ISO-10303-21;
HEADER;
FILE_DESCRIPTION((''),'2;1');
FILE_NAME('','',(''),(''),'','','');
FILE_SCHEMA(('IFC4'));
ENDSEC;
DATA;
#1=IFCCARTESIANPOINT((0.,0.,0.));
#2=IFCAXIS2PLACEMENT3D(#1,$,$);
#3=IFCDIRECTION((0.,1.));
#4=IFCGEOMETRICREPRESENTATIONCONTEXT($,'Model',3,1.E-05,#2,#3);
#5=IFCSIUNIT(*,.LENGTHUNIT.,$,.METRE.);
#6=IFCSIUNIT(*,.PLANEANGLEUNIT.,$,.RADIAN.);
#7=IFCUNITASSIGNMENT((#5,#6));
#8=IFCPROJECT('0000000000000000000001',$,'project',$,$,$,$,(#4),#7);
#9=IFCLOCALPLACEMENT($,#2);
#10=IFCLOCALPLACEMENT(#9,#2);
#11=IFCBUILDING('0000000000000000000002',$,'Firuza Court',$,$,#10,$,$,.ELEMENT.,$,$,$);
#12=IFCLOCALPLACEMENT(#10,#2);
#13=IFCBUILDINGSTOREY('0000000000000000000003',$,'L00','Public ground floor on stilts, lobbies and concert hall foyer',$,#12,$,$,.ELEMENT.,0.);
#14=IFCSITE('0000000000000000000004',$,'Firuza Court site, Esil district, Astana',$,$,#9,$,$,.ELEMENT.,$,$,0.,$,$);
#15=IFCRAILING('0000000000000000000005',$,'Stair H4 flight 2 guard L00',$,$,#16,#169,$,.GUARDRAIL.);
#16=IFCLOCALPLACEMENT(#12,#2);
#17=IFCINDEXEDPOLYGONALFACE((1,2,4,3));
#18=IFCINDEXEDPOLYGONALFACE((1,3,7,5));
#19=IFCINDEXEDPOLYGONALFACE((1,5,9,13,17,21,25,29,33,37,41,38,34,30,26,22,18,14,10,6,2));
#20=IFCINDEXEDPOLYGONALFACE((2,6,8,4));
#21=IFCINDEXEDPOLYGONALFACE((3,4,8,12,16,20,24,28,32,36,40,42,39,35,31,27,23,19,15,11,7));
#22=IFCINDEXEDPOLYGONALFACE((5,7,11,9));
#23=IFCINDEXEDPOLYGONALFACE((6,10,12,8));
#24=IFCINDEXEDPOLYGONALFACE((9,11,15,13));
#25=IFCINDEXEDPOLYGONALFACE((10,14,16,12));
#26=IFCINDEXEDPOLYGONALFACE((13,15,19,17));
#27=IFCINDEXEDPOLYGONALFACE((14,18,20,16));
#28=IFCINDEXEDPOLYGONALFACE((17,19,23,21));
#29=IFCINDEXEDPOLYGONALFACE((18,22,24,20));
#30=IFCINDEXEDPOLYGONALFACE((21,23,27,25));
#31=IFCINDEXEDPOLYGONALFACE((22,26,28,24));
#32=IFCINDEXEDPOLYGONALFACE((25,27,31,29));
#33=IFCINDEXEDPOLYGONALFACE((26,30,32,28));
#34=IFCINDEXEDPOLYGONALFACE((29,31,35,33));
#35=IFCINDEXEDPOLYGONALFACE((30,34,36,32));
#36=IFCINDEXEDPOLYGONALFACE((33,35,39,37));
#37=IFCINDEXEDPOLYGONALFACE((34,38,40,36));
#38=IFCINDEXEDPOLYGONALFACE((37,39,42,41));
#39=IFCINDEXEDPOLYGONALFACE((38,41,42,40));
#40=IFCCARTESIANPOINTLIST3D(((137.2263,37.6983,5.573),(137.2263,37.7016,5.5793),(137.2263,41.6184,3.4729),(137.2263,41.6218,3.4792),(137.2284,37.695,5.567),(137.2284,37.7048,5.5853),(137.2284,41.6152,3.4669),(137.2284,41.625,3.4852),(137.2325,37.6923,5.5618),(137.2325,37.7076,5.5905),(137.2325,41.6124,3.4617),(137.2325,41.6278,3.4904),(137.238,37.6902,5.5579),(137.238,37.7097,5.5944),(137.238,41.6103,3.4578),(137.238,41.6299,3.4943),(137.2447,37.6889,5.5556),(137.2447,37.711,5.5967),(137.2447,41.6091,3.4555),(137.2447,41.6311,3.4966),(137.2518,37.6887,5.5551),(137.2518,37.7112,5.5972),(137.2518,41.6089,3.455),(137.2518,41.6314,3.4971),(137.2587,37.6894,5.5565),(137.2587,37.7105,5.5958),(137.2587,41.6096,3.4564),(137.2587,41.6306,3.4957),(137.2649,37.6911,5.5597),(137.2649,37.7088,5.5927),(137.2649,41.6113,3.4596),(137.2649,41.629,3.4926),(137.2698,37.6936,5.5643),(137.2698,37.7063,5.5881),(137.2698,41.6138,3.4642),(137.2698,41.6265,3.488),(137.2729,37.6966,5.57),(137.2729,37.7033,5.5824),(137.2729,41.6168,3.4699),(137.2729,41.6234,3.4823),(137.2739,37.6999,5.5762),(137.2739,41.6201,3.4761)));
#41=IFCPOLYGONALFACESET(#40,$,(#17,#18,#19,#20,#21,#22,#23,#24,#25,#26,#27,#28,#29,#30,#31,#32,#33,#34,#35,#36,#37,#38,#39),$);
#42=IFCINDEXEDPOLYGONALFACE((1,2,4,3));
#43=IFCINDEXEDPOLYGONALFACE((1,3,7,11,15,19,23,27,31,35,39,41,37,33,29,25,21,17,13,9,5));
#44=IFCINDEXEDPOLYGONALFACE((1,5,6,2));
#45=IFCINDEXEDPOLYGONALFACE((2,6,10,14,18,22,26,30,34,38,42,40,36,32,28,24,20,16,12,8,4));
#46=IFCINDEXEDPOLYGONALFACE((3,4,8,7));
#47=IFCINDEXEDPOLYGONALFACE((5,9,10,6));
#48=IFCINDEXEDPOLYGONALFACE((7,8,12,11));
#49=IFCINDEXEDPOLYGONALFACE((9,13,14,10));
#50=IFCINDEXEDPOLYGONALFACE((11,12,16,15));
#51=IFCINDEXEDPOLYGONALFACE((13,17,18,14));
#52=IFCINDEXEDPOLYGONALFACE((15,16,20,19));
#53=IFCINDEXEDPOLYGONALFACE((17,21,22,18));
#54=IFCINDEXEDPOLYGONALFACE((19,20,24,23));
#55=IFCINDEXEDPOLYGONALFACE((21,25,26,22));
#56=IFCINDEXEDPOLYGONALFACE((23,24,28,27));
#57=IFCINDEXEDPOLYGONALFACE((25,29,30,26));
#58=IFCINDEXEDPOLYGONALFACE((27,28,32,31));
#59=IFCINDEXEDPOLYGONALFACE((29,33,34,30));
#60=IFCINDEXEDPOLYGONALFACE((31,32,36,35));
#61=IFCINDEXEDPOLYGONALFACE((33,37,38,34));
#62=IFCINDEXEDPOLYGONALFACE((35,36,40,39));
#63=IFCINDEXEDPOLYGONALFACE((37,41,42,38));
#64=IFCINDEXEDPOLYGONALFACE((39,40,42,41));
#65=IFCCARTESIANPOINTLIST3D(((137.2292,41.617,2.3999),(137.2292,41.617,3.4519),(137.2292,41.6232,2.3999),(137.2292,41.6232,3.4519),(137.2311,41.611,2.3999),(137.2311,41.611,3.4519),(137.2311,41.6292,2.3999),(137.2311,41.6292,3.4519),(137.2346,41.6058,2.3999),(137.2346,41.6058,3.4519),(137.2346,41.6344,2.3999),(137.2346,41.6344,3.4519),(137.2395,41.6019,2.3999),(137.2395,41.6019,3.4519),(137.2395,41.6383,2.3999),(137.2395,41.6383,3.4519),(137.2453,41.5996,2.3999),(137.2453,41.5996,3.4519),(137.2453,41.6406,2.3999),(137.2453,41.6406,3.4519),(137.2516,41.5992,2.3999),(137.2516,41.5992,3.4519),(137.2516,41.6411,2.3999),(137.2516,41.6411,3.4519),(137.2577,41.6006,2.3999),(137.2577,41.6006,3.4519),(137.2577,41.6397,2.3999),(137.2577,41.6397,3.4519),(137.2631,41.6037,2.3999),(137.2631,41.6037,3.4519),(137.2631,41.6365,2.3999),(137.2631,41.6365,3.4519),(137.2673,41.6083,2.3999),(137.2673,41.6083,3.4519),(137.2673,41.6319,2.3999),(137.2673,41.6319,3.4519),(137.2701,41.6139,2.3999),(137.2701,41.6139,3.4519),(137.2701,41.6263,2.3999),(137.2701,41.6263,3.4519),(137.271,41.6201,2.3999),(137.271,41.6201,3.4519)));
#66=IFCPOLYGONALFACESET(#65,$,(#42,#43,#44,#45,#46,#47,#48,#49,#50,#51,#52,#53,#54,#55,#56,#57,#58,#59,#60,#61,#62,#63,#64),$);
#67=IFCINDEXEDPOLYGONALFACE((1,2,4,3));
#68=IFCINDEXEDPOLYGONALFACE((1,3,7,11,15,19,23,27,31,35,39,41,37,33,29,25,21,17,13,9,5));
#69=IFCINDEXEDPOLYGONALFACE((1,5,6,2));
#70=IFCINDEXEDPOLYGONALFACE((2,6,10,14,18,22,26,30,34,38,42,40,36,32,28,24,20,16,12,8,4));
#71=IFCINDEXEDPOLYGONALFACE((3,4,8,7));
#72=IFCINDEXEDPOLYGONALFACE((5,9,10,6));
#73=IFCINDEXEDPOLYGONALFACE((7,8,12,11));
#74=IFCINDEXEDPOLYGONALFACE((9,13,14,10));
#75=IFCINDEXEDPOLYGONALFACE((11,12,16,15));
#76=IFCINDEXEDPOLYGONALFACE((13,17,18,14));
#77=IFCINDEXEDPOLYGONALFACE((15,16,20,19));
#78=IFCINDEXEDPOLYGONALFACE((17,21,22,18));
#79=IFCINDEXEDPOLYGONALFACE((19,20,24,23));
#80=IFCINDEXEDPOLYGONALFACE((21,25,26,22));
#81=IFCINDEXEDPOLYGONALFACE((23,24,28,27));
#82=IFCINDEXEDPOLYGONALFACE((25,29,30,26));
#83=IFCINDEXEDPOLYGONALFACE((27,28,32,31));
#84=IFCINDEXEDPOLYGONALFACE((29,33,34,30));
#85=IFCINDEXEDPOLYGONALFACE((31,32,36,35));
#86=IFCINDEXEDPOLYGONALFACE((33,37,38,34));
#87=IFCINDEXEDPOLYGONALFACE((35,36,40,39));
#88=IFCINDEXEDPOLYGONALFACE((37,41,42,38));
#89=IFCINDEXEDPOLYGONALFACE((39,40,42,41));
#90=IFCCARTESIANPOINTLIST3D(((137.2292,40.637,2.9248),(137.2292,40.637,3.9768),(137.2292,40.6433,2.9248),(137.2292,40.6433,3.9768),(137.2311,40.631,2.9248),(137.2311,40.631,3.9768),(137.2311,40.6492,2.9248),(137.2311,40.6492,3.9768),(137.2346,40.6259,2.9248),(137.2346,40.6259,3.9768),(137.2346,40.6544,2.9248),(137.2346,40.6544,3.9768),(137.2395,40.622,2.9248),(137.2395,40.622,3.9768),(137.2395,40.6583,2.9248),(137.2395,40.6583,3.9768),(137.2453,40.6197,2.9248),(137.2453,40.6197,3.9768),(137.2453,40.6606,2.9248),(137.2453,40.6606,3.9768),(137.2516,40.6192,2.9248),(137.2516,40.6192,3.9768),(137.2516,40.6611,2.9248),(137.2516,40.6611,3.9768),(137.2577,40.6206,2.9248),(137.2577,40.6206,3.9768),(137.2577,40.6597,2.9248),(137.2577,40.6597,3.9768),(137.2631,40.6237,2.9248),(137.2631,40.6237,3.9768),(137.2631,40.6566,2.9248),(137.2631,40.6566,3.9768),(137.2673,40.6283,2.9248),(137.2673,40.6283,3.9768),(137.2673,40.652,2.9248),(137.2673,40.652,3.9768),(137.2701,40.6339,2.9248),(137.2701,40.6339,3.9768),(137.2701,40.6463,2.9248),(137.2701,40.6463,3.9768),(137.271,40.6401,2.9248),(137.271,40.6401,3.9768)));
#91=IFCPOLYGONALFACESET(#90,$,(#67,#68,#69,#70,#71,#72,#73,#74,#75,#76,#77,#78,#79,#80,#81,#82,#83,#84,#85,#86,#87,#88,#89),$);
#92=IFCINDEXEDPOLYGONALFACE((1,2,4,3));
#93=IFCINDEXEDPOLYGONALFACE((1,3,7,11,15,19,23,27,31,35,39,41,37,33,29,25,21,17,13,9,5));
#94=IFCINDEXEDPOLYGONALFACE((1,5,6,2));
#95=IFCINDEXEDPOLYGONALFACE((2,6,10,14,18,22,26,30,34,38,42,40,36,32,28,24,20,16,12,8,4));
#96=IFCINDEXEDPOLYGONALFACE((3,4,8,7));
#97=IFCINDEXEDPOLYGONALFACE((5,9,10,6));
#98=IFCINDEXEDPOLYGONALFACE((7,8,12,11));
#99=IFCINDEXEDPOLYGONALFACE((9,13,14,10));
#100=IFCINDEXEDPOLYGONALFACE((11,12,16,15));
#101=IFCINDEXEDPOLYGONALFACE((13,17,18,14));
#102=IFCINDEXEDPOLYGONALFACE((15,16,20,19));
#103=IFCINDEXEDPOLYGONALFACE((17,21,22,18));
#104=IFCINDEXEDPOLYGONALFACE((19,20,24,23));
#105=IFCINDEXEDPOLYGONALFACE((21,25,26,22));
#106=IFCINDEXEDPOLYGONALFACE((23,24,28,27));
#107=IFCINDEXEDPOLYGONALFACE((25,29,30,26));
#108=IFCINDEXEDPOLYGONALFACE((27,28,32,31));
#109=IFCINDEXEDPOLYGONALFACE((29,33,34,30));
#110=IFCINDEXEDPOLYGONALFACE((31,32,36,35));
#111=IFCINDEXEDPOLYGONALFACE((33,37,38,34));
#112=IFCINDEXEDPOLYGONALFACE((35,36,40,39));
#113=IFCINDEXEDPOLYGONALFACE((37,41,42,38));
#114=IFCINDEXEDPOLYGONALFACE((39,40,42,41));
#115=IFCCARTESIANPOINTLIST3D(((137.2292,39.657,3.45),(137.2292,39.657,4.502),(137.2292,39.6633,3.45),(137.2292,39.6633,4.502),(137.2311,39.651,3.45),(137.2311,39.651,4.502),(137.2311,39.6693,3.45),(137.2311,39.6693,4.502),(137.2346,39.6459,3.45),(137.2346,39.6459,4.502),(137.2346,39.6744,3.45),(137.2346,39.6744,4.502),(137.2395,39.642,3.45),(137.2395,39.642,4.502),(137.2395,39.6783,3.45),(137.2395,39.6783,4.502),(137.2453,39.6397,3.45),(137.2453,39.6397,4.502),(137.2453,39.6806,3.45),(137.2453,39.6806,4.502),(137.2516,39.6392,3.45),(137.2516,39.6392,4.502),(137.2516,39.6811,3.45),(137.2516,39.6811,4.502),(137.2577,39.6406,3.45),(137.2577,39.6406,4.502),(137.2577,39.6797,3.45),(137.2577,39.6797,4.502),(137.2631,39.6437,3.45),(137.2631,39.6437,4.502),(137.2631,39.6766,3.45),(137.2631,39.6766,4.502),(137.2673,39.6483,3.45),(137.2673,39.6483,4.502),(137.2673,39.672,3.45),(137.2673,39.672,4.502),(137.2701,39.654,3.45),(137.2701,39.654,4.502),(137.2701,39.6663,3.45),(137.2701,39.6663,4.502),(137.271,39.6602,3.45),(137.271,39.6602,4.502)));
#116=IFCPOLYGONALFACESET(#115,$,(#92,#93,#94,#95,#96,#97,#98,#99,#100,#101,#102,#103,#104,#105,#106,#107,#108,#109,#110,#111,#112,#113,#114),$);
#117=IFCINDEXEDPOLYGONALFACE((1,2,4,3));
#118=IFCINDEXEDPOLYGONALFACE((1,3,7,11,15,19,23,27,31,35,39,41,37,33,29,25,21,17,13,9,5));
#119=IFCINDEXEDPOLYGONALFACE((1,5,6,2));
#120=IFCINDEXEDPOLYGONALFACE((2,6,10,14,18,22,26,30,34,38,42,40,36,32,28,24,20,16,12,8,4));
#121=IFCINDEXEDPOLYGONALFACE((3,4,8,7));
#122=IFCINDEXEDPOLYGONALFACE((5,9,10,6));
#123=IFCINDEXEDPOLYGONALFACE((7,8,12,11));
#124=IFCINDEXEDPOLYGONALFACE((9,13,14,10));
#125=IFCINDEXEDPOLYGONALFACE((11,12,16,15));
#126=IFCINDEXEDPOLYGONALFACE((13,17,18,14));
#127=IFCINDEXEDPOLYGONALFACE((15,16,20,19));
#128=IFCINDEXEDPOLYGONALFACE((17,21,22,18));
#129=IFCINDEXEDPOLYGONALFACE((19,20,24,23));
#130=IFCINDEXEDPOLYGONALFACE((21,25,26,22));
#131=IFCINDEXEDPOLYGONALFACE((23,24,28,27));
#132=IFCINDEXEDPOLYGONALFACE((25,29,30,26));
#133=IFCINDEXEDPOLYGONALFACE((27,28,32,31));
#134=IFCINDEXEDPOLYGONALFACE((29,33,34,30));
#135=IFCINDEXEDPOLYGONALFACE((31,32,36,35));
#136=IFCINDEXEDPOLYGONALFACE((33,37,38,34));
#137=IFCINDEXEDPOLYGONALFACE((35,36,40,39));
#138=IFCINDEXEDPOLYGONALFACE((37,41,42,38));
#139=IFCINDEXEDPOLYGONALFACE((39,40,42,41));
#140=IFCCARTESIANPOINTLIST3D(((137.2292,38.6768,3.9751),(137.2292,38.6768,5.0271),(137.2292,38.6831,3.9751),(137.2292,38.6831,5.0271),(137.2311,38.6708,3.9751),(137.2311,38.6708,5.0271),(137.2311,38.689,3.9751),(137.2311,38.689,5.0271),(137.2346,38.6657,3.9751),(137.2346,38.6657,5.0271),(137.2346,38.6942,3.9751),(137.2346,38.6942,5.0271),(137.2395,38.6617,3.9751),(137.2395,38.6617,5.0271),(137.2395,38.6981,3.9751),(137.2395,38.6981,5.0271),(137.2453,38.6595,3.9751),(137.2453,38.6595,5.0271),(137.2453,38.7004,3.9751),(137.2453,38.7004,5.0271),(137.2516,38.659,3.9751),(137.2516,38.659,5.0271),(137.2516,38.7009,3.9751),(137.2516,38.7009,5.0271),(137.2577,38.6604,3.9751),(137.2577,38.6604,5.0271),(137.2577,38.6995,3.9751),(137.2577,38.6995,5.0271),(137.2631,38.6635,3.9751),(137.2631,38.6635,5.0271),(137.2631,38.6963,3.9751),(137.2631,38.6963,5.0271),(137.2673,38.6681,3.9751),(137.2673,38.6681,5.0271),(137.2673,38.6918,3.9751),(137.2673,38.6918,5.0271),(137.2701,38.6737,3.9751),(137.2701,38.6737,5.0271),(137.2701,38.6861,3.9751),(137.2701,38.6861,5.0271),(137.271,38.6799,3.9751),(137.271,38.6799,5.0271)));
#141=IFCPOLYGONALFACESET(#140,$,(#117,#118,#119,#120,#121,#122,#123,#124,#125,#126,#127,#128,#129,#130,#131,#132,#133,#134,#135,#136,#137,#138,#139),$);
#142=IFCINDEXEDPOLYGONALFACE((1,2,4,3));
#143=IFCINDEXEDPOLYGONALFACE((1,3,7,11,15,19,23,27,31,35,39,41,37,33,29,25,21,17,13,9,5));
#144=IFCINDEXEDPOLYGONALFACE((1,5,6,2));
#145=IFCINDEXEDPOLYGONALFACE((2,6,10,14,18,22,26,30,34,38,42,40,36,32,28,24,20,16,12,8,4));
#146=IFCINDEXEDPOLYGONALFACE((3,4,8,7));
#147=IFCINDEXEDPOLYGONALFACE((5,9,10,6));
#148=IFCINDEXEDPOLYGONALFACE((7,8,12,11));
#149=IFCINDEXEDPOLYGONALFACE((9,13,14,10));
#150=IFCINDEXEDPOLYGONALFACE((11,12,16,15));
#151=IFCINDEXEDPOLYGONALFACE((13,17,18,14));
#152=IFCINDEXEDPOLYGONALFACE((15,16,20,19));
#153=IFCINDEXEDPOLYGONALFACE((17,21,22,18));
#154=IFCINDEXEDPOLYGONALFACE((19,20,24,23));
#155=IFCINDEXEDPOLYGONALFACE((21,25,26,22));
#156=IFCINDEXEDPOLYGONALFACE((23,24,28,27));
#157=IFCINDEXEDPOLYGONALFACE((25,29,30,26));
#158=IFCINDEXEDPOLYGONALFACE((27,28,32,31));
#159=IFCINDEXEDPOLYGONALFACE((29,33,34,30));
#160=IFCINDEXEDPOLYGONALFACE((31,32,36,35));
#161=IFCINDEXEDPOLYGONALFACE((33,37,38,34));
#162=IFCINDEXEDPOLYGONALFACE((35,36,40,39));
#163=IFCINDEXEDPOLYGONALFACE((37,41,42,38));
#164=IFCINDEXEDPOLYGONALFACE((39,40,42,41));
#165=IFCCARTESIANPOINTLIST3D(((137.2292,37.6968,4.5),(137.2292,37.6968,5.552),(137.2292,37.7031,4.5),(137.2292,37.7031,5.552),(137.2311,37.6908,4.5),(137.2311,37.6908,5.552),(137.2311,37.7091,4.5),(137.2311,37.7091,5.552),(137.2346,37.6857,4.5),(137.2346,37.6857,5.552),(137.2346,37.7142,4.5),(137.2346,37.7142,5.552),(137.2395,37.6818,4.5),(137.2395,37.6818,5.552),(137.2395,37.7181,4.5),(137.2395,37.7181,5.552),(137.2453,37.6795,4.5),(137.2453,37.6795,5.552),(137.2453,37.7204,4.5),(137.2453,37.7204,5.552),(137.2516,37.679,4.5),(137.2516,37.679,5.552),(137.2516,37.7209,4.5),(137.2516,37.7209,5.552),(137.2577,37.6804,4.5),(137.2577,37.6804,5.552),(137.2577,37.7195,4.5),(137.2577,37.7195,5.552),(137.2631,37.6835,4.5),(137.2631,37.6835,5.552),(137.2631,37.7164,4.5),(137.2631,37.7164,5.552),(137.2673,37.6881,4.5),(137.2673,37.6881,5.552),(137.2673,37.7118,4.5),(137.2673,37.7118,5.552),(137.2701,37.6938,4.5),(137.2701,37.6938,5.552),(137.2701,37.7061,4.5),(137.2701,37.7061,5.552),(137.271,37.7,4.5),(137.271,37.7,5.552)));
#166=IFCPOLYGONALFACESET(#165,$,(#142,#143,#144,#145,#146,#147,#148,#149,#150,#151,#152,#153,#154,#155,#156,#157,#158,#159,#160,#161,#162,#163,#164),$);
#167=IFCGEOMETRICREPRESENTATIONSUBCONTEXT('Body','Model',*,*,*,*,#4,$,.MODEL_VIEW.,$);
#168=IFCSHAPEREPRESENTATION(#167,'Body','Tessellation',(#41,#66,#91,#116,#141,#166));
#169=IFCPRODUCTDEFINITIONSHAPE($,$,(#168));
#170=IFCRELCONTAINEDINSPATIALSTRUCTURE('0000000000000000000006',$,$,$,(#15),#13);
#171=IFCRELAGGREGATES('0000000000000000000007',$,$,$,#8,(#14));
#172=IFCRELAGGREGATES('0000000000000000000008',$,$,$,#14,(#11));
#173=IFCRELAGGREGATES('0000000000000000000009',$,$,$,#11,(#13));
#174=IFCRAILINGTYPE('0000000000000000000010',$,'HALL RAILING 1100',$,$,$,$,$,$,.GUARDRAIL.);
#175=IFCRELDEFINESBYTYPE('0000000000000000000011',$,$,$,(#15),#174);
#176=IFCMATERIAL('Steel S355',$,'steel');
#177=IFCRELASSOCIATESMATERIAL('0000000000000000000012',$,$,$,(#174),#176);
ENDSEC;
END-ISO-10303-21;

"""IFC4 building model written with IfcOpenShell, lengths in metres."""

from ifc_helpers import new_model, si_unit, direction, frame, origin, origin_2d, place, context, subcontext, project, spatial, circle, extrude, material, type_object, element, save


model = new_model("IFC4")

# Units and contexts
model_context = context("Model", 3, precision=1e-05, world=origin(), true_north=direction((0.0, 1.0)))
body_context = subcontext(model_context, "Body", "Model", "MODEL_VIEW")
ifc_project = project(units=[si_unit("LENGTHUNIT", "METRE"), si_unit("PLANEANGLEUNIT", "RADIAN")], contexts=[model_context])

# Site, building, storey
site_placement = place(None, origin())
site = spatial("IfcSite", under=ifc_project, at=site_placement, Name="Firuza Court site, Esil district, Astana", CompositionType="ELEMENT", RefElevation=0.0)
building_placement = place(site_placement, origin())
building = spatial("IfcBuilding", under=site, at=building_placement, Name="Firuza Court", CompositionType="ELEMENT")
storey_placement = place(building_placement, origin())
storey = spatial("IfcBuildingStorey", under=building, at=storey_placement, Name="L00", Description="Public ground floor on stilts, lobbies and concert hall foyer", CompositionType="ELEMENT", Elevation=0.0)

# Railing
ifc_material_1 = material(Name="Steel S355", Category="steel")
railing_type_1 = type_object("IfcRailingType", Name="HALL RAILING 1100", PredefinedType="GUARDRAIL", material=ifc_material_1)
railing_1_placement = place(storey_placement, frame((137.25, 41.6201, 2.3999)))
element("IfcRailing", 1, at=railing_1_placement, inside=storey, type_object=railing_type_1, Name="Stair H4 flight 2 guard L00", PredefinedType="GUARDRAIL", context=body_context, shape_type="SweptSolid", body=[
    extrude(circle(Radius=0.0239, at=origin_2d()), frame((0.0, 0.0, 1.0762), z_axis=(0.0, -0.881479, 0.472223), x_axis=(1.0, 0.0, 0.0)), (0.0, 0.0, 1.0), 4.4473),
    extrude(circle(Radius=0.021, at=origin_2d()), origin(), (0.0, 0.0, 1.0), 1.052),
    extrude(circle(Radius=0.021, at=origin_2d()), frame((0.0, -0.98, 0.5249)), (0.0, 0.0, 1.0), 1.052),
    extrude(circle(Radius=0.021, at=origin_2d()), frame((0.0, -1.96, 1.05)), (0.0, 0.0, 1.0), 1.052),
    extrude(circle(Radius=0.021, at=origin_2d()), frame((0.0, -2.9402, 1.5752)), (0.0, 0.0, 1.0), 1.052),
    extrude(circle(Radius=0.021, at=origin_2d()), frame((0.0, -3.9202, 2.1001)), (0.0, 0.0, 1.0), 1.052),
])

save(model, "model.ifc")
